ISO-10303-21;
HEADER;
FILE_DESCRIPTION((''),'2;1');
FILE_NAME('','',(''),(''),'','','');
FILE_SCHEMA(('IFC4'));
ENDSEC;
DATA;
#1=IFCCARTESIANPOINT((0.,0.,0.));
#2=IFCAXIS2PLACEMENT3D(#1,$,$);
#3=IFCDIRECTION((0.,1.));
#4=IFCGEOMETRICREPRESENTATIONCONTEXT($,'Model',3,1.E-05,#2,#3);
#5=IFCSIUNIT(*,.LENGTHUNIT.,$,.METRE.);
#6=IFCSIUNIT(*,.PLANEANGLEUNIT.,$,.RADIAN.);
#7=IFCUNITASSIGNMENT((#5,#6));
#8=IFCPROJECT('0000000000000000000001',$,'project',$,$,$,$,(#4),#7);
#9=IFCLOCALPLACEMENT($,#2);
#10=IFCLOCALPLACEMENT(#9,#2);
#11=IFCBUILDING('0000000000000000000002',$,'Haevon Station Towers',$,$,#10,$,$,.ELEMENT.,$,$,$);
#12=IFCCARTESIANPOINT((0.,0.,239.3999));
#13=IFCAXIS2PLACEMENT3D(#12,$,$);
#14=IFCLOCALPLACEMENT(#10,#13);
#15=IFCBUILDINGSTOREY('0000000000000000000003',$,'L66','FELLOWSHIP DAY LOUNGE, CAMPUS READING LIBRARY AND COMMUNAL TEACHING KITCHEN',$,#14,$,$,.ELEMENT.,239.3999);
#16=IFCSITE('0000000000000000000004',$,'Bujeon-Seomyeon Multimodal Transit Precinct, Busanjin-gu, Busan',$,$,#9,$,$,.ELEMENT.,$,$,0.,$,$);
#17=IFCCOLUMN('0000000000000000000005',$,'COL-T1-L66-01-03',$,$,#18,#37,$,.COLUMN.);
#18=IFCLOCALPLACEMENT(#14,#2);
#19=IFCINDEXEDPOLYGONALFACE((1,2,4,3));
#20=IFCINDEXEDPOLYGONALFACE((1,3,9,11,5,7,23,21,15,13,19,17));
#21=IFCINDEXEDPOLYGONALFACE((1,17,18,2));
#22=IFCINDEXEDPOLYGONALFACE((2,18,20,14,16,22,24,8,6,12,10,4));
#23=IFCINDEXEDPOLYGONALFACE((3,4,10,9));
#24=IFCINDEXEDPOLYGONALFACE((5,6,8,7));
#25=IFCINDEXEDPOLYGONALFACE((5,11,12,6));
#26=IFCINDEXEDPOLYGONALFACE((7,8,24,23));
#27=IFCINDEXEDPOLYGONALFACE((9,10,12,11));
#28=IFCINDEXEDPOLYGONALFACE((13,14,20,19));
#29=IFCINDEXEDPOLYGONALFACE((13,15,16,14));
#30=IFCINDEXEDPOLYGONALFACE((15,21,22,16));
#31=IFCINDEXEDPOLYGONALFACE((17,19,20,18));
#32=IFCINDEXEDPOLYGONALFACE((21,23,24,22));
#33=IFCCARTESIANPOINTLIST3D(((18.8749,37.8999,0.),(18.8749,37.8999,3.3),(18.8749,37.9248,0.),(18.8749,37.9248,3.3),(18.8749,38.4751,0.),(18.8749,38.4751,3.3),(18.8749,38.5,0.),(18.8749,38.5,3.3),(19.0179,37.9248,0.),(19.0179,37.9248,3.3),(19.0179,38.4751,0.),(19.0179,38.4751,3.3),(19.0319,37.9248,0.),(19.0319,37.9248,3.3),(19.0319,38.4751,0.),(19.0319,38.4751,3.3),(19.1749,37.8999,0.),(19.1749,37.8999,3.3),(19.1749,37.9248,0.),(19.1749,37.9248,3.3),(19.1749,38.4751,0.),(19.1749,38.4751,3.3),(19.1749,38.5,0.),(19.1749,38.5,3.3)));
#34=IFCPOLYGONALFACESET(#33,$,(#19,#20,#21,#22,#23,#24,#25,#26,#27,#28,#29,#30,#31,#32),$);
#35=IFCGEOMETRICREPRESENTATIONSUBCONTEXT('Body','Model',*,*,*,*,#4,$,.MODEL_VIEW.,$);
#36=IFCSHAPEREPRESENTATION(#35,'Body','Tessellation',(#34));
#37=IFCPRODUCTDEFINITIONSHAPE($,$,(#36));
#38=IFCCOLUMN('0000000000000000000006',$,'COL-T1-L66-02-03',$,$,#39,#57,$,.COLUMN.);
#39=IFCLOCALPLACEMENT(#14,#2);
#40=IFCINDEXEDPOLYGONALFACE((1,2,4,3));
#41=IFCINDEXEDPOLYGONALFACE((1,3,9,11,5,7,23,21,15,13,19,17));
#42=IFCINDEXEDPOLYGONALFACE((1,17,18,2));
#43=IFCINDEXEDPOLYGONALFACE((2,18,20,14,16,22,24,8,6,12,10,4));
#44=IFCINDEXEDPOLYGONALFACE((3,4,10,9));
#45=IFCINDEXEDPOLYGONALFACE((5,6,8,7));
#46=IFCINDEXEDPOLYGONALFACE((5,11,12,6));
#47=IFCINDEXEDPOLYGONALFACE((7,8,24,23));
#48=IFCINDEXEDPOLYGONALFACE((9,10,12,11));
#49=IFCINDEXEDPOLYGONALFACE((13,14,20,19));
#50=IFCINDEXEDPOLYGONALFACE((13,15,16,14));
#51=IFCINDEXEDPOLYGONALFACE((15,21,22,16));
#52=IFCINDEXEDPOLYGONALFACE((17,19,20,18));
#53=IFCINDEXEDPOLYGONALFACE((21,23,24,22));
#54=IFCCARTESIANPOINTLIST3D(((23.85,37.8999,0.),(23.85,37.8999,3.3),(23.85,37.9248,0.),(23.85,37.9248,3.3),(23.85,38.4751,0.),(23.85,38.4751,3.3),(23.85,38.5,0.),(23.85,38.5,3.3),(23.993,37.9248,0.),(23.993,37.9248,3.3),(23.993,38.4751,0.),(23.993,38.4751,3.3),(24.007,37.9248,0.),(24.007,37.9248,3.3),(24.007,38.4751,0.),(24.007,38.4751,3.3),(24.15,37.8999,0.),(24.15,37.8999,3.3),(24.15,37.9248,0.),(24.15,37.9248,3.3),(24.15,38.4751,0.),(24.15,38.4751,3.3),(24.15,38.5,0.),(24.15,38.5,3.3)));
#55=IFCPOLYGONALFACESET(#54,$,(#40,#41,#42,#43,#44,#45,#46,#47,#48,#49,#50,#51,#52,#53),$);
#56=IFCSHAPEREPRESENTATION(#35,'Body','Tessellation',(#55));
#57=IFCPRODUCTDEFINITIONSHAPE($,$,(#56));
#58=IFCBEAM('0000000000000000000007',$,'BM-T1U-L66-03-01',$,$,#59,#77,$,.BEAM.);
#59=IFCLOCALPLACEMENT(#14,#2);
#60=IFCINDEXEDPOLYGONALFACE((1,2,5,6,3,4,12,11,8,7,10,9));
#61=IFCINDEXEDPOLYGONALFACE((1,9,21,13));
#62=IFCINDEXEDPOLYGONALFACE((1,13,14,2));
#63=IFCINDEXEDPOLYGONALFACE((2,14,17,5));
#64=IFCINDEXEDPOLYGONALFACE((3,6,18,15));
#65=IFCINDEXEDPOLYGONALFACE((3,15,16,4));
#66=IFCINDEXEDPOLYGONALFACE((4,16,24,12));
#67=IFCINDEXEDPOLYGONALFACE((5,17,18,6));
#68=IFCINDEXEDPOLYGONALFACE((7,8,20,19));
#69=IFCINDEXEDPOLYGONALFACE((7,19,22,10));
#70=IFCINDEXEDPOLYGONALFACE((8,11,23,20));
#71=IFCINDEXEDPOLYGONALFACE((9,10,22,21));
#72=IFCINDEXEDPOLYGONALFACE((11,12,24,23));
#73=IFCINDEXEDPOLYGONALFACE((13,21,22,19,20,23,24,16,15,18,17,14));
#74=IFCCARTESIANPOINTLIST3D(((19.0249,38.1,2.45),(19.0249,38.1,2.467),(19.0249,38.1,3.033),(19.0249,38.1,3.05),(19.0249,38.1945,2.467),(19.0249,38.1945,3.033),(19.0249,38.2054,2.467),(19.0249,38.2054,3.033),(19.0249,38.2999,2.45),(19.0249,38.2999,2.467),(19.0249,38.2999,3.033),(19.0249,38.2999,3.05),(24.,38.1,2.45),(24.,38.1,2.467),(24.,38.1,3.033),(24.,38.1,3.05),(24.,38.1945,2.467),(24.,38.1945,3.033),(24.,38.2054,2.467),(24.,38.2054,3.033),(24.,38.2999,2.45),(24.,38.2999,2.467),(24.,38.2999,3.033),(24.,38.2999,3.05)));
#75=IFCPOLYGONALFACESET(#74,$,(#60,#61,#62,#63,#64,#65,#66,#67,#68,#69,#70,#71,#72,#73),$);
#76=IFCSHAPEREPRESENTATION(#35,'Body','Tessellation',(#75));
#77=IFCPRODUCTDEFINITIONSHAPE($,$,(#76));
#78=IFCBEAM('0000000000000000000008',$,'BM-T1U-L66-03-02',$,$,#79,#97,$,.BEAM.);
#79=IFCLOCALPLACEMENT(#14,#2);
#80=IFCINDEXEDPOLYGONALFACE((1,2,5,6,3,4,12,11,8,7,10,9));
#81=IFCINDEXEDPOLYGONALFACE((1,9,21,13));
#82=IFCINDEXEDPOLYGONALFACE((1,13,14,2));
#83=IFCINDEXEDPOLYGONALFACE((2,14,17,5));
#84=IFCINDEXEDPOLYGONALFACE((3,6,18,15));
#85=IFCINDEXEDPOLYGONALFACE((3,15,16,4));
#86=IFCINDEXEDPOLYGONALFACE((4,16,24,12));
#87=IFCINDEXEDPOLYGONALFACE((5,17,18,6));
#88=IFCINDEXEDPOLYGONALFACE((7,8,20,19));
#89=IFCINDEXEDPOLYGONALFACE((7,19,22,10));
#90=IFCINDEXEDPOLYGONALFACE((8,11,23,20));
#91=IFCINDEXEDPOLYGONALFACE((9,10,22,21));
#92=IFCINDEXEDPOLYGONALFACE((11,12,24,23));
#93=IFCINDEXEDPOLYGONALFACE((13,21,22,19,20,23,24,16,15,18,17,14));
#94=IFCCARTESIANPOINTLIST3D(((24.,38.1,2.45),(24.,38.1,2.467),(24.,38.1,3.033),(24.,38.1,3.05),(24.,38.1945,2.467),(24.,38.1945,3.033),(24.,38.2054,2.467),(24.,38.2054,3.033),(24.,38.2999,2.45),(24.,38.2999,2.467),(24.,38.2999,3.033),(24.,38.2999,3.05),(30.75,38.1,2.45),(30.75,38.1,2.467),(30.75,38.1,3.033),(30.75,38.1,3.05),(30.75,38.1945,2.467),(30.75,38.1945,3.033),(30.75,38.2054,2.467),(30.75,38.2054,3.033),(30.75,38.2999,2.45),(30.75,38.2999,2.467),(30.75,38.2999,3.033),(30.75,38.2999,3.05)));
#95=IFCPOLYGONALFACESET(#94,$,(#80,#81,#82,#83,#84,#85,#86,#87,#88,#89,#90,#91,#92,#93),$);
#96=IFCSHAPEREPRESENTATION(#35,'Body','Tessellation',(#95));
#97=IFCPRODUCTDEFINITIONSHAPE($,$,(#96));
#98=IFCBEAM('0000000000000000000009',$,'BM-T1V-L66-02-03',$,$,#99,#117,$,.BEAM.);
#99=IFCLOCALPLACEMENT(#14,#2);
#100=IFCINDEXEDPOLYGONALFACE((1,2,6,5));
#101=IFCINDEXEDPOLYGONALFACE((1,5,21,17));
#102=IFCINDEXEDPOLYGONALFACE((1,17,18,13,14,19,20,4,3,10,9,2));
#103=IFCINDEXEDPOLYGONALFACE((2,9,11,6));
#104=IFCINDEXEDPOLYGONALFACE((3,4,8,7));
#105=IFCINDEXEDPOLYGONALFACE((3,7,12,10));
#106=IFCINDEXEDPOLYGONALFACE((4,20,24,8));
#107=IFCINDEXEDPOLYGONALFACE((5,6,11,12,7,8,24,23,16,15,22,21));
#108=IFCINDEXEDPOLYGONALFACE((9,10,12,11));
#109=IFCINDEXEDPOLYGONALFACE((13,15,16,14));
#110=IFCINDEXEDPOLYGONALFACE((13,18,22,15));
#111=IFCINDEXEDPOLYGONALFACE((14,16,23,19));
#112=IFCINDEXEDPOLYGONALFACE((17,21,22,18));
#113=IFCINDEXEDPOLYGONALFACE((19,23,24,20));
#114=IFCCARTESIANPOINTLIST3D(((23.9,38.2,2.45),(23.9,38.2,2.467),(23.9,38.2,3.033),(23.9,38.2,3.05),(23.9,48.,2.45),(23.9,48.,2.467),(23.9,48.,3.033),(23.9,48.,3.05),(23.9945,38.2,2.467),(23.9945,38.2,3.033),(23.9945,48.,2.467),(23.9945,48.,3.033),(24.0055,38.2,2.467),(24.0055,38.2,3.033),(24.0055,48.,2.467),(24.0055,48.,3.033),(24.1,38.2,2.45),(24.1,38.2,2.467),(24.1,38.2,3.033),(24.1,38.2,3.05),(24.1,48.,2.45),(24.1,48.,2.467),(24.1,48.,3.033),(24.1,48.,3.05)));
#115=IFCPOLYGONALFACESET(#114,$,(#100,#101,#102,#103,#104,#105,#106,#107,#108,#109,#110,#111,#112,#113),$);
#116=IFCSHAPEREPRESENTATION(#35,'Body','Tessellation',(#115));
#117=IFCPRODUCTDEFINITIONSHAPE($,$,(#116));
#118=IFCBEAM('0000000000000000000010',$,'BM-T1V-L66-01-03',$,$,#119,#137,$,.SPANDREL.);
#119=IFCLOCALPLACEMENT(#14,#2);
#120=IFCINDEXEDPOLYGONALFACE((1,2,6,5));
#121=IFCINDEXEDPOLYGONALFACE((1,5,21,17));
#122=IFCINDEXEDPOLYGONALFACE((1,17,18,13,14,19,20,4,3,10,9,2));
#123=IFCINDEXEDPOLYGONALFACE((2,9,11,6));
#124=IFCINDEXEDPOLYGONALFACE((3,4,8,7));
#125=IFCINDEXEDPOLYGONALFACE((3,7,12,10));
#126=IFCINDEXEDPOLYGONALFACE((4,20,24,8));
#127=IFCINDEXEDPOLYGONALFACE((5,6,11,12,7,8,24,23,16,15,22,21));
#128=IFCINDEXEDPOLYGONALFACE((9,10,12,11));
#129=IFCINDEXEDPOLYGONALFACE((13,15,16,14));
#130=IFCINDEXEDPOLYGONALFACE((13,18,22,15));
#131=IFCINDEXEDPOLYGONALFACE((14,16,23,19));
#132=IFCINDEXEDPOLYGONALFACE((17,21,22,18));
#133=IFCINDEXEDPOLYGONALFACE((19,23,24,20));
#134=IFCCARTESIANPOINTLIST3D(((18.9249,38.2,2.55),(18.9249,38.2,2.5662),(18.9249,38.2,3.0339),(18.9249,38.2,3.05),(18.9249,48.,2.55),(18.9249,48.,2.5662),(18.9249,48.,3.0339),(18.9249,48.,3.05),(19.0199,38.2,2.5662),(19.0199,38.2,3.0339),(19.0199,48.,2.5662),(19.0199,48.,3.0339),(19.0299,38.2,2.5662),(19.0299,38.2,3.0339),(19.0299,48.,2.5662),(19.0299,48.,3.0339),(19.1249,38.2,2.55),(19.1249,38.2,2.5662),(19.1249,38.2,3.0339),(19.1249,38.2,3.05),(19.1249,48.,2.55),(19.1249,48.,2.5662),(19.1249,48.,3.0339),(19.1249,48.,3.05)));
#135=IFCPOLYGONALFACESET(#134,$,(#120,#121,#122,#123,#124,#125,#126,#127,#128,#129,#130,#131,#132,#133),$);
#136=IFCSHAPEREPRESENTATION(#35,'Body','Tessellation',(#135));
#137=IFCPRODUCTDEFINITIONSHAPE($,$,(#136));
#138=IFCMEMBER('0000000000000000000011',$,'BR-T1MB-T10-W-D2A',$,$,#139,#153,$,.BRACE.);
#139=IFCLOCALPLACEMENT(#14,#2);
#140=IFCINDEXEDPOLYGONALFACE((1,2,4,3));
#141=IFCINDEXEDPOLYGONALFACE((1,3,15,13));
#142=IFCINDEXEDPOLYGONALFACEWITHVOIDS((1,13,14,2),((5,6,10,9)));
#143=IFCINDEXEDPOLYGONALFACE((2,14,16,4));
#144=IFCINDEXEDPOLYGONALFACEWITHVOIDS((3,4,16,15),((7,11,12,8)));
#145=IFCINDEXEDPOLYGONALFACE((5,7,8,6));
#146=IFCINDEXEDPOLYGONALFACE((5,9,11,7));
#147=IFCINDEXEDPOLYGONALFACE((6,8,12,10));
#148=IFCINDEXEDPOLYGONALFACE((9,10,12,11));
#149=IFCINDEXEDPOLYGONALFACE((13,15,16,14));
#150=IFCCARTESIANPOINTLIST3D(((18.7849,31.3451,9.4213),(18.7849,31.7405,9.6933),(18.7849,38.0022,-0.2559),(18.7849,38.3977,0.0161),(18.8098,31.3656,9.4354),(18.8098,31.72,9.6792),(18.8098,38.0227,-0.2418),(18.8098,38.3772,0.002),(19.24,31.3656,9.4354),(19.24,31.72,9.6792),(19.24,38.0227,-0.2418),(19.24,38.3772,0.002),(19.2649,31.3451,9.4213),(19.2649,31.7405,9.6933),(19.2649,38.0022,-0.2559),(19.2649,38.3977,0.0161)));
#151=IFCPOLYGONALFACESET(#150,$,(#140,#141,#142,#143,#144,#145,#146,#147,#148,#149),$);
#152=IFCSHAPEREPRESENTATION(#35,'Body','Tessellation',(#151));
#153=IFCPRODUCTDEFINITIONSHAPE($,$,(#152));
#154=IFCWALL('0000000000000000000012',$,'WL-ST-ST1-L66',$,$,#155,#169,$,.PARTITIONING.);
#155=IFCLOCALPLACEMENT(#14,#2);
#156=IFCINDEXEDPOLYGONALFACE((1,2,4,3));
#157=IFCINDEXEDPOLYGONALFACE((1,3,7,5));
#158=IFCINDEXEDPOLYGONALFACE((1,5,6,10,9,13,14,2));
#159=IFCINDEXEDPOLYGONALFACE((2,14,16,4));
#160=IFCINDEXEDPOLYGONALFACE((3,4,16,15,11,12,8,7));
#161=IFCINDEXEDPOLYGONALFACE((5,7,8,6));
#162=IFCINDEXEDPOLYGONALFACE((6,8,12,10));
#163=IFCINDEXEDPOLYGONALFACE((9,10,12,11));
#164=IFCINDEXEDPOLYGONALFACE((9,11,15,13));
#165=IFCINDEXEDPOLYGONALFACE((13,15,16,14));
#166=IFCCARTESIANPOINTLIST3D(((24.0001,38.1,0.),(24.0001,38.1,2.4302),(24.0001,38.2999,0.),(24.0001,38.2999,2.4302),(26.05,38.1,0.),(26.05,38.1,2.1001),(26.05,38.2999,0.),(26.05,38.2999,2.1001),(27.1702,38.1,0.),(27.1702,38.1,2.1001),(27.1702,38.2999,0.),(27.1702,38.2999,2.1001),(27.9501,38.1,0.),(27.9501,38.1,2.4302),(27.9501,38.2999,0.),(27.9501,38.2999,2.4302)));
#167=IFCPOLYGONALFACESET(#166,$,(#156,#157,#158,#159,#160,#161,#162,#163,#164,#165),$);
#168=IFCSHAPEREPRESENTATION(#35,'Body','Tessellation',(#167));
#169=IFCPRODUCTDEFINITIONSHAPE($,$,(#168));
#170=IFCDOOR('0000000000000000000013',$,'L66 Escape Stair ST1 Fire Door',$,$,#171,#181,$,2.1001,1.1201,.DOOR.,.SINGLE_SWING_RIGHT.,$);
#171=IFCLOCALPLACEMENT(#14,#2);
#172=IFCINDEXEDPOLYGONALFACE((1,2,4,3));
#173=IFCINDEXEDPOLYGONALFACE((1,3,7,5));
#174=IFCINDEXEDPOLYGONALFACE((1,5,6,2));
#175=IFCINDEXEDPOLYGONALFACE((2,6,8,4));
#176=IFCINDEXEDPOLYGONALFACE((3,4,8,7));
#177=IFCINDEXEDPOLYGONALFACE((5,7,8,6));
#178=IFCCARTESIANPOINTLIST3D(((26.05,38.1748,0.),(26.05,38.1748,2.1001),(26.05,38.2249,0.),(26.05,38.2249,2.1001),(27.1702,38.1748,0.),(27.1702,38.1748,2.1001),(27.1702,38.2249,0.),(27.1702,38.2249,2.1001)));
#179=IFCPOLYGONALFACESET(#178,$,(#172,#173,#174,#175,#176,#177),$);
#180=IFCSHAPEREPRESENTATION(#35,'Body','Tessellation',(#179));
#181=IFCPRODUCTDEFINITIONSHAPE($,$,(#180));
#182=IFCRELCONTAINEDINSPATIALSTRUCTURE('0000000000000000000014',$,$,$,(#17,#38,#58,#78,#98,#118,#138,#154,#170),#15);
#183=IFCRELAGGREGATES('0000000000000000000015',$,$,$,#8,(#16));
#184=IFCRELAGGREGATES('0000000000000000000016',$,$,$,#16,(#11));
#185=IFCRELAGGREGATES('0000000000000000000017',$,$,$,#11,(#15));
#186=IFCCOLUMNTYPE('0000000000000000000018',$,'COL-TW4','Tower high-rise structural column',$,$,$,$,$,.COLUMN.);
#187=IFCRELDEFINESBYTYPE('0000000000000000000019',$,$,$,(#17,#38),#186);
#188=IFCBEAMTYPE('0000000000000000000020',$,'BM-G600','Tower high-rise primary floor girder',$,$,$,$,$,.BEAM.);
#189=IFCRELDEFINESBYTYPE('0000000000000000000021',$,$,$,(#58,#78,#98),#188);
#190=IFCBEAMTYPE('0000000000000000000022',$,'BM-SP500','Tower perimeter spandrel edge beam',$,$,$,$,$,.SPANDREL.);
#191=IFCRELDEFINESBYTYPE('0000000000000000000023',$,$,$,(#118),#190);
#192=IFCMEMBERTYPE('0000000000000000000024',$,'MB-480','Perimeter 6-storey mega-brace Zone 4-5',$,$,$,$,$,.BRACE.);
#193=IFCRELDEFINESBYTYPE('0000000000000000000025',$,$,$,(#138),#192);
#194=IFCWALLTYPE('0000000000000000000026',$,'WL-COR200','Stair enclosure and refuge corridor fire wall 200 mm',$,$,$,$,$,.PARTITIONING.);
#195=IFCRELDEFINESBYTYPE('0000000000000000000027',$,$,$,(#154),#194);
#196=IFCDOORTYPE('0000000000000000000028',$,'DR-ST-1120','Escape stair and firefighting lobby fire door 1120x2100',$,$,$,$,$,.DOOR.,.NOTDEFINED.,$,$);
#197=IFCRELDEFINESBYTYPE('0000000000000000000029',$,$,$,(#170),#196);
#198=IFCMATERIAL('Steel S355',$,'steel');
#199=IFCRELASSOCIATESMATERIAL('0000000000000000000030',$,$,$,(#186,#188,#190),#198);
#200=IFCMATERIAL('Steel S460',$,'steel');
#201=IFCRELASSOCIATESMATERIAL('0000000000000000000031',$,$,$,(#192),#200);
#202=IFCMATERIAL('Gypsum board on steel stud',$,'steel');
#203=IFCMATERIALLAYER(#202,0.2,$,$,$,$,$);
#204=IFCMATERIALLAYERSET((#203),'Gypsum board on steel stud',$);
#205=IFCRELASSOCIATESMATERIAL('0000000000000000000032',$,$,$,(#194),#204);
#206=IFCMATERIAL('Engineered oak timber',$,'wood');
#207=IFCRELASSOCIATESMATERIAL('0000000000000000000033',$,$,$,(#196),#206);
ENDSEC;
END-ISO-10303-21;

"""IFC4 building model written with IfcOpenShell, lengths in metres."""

from ifc_helpers import new_model, si_unit, direction, frame, frame_2d, origin, origin_2d, place, context, subcontext, project, spatial, rectangle, hollow_rectangle, i_section, extrude, material, layer, layer_set, material_profile, profile_set, type_object, element, fill, save


model = new_model("IFC4")

# Units and contexts
model_context = context("Model", 3, precision=1e-05, world=origin(), true_north=direction((0.0, 1.0)))
body_context = subcontext(model_context, "Body", "Model", "MODEL_VIEW")
ifc_project = project(units=[si_unit("LENGTHUNIT", "METRE"), si_unit("PLANEANGLEUNIT", "RADIAN")], contexts=[model_context])

# Site, building, storey
site_placement = place(None, origin())
site = spatial("IfcSite", under=ifc_project, at=site_placement, Name="Bujeon-Seomyeon Multimodal Transit Precinct, Busanjin-gu, Busan", CompositionType="ELEMENT", RefElevation=0.0)
building_placement = place(site_placement, origin())
building = spatial("IfcBuilding", under=site, at=building_placement, Name="Haevon Station Towers", CompositionType="ELEMENT")
storey_placement = place(building_placement, frame((0.0, 0.0, 239.3999)))
storey = spatial("IfcBuildingStorey", under=building, at=storey_placement, Name="L66", Description="FELLOWSHIP DAY LOUNGE, CAMPUS READING LIBRARY AND COMMUNAL TEACHING KITCHEN", CompositionType="ELEMENT", Elevation=239.3999)

# Columns
ifc_material_1 = material(Name="Steel S355", Category="steel")
ifc_material_profile_1 = material_profile(ifc_material_1, i_section(OverallWidth=0.3, OverallDepth=0.6001, WebThickness=0.0139, FlangeThickness=0.0249, at=origin_2d()), Name="H-600x300x14x25")
ifc_profile_set_1 = profile_set([ifc_material_profile_1], Name="Steel S355")
column_type = type_object("IfcColumnType", Name="COL-TW4", Description="Tower high-rise structural column", PredefinedType="COLUMN", material=ifc_profile_set_1)
for number, where, z_axis, x_axis, name in (
    (1, (19.0249, 38.2, 0.0), (0.0, 0.0, 1.0), (1.0, 0.0, 0.0), "COL-T1-L66-01-03"),
    (2, (24.0, 38.2, 0.0), (0.0, 0.0, 1.0), (1.0, 0.0, 0.0), "COL-T1-L66-02-03"),
):
    element("IfcColumn", number, at=place(storey_placement, frame(where, z_axis=z_axis, x_axis=x_axis)), inside=storey, type_object=column_type, Name=name, PredefinedType="COLUMN", context=body_context, shape_type="SweptSolid", body=[
        extrude(i_section(OverallWidth=0.3, OverallDepth=0.6001, WebThickness=0.0139, FlangeThickness=0.0249, at=origin_2d()), origin(), (0.0, 0.0, 1.0), 3.3),
    ])

# Beams
ifc_material_profile_2 = material_profile(ifc_material_1, i_section(OverallWidth=0.2, OverallDepth=0.6001, WebThickness=0.011, FlangeThickness=0.0171, at=origin_2d()), Name="H-600x200x11x17")
ifc_profile_set_2 = profile_set([ifc_material_profile_2], Name="Steel S355")
beam_type_1 = type_object("IfcBeamType", Name="BM-G600", Description="Tower high-rise primary floor girder", PredefinedType="BEAM", material=ifc_profile_set_2)
beam_1_placement = place(storey_placement, frame((19.0249, 38.2, 2.75), z_axis=(1.0, 0.0, 0.0), x_axis=(0.0, 1.0, 0.0)))
element("IfcBeam", 3, at=beam_1_placement, inside=storey, type_object=beam_type_1, Name="BM-T1U-L66-03-01", PredefinedType="BEAM", context=body_context, shape_type="SweptSolid", body=[
    extrude(i_section(OverallWidth=0.2, OverallDepth=0.6001, WebThickness=0.011, FlangeThickness=0.0171, at=origin_2d()), origin(), (0.0, 0.0, 1.0), 4.9751),
])
beam_2_placement = place(storey_placement, frame((24.0, 38.2, 2.75), z_axis=(1.0, 0.0, 0.0), x_axis=(0.0, 1.0, 0.0)))
element("IfcBeam", 4, at=beam_2_placement, inside=storey, type_object=beam_type_1, Name="BM-T1U-L66-03-02", PredefinedType="BEAM", context=body_context, shape_type="SweptSolid", body=[
    extrude(i_section(OverallWidth=0.2, OverallDepth=0.6001, WebThickness=0.011, FlangeThickness=0.0171, at=origin_2d()), origin(), (0.0, 0.0, 1.0), 6.75),
])
beam_3_placement = place(storey_placement, frame((24.0, 38.2, 2.75), z_axis=(0.0, 1.0, 0.0), x_axis=(-1.0, 0.0, 0.0)))
element("IfcBeam", 5, at=beam_3_placement, inside=storey, type_object=beam_type_1, Name="BM-T1V-L66-02-03", PredefinedType="BEAM", context=body_context, shape_type="SweptSolid", body=[
    extrude(i_section(OverallWidth=0.2, OverallDepth=0.6001, WebThickness=0.011, FlangeThickness=0.0171, at=origin_2d()), origin(), (0.0, 0.0, 1.0), 9.8),
])
ifc_material_profile_3 = material_profile(ifc_material_1, i_section(OverallWidth=0.2, OverallDepth=0.5, WebThickness=0.01, FlangeThickness=0.0161, at=origin_2d()), Name="H-500x200x10x16")
ifc_profile_set_3 = profile_set([ifc_material_profile_3], Name="Steel S355")
beam_type_2 = type_object("IfcBeamType", Name="BM-SP500", Description="Tower perimeter spandrel edge beam", PredefinedType="SPANDREL", material=ifc_profile_set_3)
beam_4_placement = place(storey_placement, frame((19.0249, 38.2, 2.8), z_axis=(0.0, 1.0, 0.0), x_axis=(-1.0, 0.0, 0.0)))
element("IfcBeam", 6, at=beam_4_placement, inside=storey, type_object=beam_type_2, Name="BM-T1V-L66-01-03", PredefinedType="SPANDREL", context=body_context, shape_type="SweptSolid", body=[
    extrude(i_section(OverallWidth=0.2, OverallDepth=0.5, WebThickness=0.01, FlangeThickness=0.0161, at=origin_2d()), origin(), (0.0, 0.0, 1.0), 9.8),
])

# Member
ifc_material_2 = material(Name="Steel S460", Category="steel")
ifc_material_profile_4 = material_profile(ifc_material_2, hollow_rectangle(XDim=0.48, YDim=0.48, WallThickness=0.0249, at=origin_2d()), Name="RHS-480x480x25")
ifc_profile_set_4 = profile_set([ifc_material_profile_4], Name="Steel S460")
member_type = type_object("IfcMemberType", Name="MB-480", Description="Perimeter 6-storey mega-brace Zone 4-5", PredefinedType="BRACE", material=ifc_profile_set_4)
member_placement = place(storey_placement, frame((19.0249, 38.2, -0.1199), z_axis=(0.0, -0.566767, 0.823878), x_axis=(1.0, 0.0, 0.0)))
element("IfcMember", 7, at=member_placement, inside=storey, type_object=member_type, Name="BR-T1MB-T10-W-D2A", PredefinedType="BRACE", context=body_context, shape_type="SweptSolid", body=[
    extrude(hollow_rectangle(XDim=0.48, YDim=0.48, WallThickness=0.0249, at=origin_2d()), origin(), (0.0, 0.0, 1.0), 11.7458),
])

# Wall, opening, door
ifc_material_3 = material(Name="Gypsum board on steel stud", Category="steel")
ifc_layer_1 = layer(ifc_material_3, 0.2)
ifc_layer_set_1 = layer_set([ifc_layer_1], Name="Gypsum board on steel stud")
wall_type_1 = type_object("IfcWallType", Name="WL-COR200", Description="Stair enclosure and refuge corridor fire wall 200 mm", PredefinedType="PARTITIONING", material=ifc_layer_set_1)
wall_1_placement = place(storey_placement, frame((24.0, 38.2, 0.0), z_axis=(0.0, 0.0, 1.0), x_axis=(1.0, 0.0, 0.0)))
wall_1 = element("IfcWall", 8, at=wall_1_placement, inside=storey, type_object=wall_type_1, Name="WL-ST-ST1-L66", PredefinedType="PARTITIONING", context=body_context, shape_type="SweptSolid", body=[
    extrude(rectangle(XDim=3.95, YDim=0.2, at=frame_2d((1.9751, 0.0))), origin(), (0.0, 0.0, 1.0), 2.4302),
])
opening_1_placement = place(wall_1_placement, frame((2.05, 0.0, 0.0)))
opening_1 = element("IfcOpeningElement", 9, at=opening_1_placement, cuts=wall_1, PredefinedType="OPENING", context=body_context, shape_type="SweptSolid", body=[
    extrude(rectangle(XDim=1.1201, YDim=2.1001, at=frame_2d((0.5601, 1.05))), frame((0.0, 0.1099, 0.0), z_axis=(0.0, -1.0, 0.0), x_axis=(1.0, 0.0, 0.0)), (0.0, 0.0, 1.0), 0.22),
])
ifc_material_4 = material(Name="Engineered oak timber", Category="wood")
door_type_1 = type_object("IfcDoorType", Name="DR-ST-1120", Description="Escape stair and firefighting lobby fire door 1120x2100", OperationType="NOTDEFINED", PredefinedType="DOOR", material=ifc_material_4)
door_1_placement = place(opening_1_placement, origin())
door_1 = element("IfcDoor", 10, at=door_1_placement, inside=storey, type_object=door_type_1, Name="L66 Escape Stair ST1 Fire Door", OperationType="SINGLE_SWING_RIGHT", OverallHeight=2.1001, OverallWidth=1.1201, PredefinedType="DOOR", context=body_context, shape_type="SweptSolid", body=[
    extrude(rectangle(XDim=1.1201, YDim=2.1001, at=frame_2d((0.5601, 1.05))), frame((0.0, 0.0249, 0.0), z_axis=(0.0, -1.0, 0.0), x_axis=(1.0, 0.0, 0.0)), (0.0, 0.0, 1.0), 0.05),
])
fill(opening_1, door_1)

save(model, "model.ifc")
